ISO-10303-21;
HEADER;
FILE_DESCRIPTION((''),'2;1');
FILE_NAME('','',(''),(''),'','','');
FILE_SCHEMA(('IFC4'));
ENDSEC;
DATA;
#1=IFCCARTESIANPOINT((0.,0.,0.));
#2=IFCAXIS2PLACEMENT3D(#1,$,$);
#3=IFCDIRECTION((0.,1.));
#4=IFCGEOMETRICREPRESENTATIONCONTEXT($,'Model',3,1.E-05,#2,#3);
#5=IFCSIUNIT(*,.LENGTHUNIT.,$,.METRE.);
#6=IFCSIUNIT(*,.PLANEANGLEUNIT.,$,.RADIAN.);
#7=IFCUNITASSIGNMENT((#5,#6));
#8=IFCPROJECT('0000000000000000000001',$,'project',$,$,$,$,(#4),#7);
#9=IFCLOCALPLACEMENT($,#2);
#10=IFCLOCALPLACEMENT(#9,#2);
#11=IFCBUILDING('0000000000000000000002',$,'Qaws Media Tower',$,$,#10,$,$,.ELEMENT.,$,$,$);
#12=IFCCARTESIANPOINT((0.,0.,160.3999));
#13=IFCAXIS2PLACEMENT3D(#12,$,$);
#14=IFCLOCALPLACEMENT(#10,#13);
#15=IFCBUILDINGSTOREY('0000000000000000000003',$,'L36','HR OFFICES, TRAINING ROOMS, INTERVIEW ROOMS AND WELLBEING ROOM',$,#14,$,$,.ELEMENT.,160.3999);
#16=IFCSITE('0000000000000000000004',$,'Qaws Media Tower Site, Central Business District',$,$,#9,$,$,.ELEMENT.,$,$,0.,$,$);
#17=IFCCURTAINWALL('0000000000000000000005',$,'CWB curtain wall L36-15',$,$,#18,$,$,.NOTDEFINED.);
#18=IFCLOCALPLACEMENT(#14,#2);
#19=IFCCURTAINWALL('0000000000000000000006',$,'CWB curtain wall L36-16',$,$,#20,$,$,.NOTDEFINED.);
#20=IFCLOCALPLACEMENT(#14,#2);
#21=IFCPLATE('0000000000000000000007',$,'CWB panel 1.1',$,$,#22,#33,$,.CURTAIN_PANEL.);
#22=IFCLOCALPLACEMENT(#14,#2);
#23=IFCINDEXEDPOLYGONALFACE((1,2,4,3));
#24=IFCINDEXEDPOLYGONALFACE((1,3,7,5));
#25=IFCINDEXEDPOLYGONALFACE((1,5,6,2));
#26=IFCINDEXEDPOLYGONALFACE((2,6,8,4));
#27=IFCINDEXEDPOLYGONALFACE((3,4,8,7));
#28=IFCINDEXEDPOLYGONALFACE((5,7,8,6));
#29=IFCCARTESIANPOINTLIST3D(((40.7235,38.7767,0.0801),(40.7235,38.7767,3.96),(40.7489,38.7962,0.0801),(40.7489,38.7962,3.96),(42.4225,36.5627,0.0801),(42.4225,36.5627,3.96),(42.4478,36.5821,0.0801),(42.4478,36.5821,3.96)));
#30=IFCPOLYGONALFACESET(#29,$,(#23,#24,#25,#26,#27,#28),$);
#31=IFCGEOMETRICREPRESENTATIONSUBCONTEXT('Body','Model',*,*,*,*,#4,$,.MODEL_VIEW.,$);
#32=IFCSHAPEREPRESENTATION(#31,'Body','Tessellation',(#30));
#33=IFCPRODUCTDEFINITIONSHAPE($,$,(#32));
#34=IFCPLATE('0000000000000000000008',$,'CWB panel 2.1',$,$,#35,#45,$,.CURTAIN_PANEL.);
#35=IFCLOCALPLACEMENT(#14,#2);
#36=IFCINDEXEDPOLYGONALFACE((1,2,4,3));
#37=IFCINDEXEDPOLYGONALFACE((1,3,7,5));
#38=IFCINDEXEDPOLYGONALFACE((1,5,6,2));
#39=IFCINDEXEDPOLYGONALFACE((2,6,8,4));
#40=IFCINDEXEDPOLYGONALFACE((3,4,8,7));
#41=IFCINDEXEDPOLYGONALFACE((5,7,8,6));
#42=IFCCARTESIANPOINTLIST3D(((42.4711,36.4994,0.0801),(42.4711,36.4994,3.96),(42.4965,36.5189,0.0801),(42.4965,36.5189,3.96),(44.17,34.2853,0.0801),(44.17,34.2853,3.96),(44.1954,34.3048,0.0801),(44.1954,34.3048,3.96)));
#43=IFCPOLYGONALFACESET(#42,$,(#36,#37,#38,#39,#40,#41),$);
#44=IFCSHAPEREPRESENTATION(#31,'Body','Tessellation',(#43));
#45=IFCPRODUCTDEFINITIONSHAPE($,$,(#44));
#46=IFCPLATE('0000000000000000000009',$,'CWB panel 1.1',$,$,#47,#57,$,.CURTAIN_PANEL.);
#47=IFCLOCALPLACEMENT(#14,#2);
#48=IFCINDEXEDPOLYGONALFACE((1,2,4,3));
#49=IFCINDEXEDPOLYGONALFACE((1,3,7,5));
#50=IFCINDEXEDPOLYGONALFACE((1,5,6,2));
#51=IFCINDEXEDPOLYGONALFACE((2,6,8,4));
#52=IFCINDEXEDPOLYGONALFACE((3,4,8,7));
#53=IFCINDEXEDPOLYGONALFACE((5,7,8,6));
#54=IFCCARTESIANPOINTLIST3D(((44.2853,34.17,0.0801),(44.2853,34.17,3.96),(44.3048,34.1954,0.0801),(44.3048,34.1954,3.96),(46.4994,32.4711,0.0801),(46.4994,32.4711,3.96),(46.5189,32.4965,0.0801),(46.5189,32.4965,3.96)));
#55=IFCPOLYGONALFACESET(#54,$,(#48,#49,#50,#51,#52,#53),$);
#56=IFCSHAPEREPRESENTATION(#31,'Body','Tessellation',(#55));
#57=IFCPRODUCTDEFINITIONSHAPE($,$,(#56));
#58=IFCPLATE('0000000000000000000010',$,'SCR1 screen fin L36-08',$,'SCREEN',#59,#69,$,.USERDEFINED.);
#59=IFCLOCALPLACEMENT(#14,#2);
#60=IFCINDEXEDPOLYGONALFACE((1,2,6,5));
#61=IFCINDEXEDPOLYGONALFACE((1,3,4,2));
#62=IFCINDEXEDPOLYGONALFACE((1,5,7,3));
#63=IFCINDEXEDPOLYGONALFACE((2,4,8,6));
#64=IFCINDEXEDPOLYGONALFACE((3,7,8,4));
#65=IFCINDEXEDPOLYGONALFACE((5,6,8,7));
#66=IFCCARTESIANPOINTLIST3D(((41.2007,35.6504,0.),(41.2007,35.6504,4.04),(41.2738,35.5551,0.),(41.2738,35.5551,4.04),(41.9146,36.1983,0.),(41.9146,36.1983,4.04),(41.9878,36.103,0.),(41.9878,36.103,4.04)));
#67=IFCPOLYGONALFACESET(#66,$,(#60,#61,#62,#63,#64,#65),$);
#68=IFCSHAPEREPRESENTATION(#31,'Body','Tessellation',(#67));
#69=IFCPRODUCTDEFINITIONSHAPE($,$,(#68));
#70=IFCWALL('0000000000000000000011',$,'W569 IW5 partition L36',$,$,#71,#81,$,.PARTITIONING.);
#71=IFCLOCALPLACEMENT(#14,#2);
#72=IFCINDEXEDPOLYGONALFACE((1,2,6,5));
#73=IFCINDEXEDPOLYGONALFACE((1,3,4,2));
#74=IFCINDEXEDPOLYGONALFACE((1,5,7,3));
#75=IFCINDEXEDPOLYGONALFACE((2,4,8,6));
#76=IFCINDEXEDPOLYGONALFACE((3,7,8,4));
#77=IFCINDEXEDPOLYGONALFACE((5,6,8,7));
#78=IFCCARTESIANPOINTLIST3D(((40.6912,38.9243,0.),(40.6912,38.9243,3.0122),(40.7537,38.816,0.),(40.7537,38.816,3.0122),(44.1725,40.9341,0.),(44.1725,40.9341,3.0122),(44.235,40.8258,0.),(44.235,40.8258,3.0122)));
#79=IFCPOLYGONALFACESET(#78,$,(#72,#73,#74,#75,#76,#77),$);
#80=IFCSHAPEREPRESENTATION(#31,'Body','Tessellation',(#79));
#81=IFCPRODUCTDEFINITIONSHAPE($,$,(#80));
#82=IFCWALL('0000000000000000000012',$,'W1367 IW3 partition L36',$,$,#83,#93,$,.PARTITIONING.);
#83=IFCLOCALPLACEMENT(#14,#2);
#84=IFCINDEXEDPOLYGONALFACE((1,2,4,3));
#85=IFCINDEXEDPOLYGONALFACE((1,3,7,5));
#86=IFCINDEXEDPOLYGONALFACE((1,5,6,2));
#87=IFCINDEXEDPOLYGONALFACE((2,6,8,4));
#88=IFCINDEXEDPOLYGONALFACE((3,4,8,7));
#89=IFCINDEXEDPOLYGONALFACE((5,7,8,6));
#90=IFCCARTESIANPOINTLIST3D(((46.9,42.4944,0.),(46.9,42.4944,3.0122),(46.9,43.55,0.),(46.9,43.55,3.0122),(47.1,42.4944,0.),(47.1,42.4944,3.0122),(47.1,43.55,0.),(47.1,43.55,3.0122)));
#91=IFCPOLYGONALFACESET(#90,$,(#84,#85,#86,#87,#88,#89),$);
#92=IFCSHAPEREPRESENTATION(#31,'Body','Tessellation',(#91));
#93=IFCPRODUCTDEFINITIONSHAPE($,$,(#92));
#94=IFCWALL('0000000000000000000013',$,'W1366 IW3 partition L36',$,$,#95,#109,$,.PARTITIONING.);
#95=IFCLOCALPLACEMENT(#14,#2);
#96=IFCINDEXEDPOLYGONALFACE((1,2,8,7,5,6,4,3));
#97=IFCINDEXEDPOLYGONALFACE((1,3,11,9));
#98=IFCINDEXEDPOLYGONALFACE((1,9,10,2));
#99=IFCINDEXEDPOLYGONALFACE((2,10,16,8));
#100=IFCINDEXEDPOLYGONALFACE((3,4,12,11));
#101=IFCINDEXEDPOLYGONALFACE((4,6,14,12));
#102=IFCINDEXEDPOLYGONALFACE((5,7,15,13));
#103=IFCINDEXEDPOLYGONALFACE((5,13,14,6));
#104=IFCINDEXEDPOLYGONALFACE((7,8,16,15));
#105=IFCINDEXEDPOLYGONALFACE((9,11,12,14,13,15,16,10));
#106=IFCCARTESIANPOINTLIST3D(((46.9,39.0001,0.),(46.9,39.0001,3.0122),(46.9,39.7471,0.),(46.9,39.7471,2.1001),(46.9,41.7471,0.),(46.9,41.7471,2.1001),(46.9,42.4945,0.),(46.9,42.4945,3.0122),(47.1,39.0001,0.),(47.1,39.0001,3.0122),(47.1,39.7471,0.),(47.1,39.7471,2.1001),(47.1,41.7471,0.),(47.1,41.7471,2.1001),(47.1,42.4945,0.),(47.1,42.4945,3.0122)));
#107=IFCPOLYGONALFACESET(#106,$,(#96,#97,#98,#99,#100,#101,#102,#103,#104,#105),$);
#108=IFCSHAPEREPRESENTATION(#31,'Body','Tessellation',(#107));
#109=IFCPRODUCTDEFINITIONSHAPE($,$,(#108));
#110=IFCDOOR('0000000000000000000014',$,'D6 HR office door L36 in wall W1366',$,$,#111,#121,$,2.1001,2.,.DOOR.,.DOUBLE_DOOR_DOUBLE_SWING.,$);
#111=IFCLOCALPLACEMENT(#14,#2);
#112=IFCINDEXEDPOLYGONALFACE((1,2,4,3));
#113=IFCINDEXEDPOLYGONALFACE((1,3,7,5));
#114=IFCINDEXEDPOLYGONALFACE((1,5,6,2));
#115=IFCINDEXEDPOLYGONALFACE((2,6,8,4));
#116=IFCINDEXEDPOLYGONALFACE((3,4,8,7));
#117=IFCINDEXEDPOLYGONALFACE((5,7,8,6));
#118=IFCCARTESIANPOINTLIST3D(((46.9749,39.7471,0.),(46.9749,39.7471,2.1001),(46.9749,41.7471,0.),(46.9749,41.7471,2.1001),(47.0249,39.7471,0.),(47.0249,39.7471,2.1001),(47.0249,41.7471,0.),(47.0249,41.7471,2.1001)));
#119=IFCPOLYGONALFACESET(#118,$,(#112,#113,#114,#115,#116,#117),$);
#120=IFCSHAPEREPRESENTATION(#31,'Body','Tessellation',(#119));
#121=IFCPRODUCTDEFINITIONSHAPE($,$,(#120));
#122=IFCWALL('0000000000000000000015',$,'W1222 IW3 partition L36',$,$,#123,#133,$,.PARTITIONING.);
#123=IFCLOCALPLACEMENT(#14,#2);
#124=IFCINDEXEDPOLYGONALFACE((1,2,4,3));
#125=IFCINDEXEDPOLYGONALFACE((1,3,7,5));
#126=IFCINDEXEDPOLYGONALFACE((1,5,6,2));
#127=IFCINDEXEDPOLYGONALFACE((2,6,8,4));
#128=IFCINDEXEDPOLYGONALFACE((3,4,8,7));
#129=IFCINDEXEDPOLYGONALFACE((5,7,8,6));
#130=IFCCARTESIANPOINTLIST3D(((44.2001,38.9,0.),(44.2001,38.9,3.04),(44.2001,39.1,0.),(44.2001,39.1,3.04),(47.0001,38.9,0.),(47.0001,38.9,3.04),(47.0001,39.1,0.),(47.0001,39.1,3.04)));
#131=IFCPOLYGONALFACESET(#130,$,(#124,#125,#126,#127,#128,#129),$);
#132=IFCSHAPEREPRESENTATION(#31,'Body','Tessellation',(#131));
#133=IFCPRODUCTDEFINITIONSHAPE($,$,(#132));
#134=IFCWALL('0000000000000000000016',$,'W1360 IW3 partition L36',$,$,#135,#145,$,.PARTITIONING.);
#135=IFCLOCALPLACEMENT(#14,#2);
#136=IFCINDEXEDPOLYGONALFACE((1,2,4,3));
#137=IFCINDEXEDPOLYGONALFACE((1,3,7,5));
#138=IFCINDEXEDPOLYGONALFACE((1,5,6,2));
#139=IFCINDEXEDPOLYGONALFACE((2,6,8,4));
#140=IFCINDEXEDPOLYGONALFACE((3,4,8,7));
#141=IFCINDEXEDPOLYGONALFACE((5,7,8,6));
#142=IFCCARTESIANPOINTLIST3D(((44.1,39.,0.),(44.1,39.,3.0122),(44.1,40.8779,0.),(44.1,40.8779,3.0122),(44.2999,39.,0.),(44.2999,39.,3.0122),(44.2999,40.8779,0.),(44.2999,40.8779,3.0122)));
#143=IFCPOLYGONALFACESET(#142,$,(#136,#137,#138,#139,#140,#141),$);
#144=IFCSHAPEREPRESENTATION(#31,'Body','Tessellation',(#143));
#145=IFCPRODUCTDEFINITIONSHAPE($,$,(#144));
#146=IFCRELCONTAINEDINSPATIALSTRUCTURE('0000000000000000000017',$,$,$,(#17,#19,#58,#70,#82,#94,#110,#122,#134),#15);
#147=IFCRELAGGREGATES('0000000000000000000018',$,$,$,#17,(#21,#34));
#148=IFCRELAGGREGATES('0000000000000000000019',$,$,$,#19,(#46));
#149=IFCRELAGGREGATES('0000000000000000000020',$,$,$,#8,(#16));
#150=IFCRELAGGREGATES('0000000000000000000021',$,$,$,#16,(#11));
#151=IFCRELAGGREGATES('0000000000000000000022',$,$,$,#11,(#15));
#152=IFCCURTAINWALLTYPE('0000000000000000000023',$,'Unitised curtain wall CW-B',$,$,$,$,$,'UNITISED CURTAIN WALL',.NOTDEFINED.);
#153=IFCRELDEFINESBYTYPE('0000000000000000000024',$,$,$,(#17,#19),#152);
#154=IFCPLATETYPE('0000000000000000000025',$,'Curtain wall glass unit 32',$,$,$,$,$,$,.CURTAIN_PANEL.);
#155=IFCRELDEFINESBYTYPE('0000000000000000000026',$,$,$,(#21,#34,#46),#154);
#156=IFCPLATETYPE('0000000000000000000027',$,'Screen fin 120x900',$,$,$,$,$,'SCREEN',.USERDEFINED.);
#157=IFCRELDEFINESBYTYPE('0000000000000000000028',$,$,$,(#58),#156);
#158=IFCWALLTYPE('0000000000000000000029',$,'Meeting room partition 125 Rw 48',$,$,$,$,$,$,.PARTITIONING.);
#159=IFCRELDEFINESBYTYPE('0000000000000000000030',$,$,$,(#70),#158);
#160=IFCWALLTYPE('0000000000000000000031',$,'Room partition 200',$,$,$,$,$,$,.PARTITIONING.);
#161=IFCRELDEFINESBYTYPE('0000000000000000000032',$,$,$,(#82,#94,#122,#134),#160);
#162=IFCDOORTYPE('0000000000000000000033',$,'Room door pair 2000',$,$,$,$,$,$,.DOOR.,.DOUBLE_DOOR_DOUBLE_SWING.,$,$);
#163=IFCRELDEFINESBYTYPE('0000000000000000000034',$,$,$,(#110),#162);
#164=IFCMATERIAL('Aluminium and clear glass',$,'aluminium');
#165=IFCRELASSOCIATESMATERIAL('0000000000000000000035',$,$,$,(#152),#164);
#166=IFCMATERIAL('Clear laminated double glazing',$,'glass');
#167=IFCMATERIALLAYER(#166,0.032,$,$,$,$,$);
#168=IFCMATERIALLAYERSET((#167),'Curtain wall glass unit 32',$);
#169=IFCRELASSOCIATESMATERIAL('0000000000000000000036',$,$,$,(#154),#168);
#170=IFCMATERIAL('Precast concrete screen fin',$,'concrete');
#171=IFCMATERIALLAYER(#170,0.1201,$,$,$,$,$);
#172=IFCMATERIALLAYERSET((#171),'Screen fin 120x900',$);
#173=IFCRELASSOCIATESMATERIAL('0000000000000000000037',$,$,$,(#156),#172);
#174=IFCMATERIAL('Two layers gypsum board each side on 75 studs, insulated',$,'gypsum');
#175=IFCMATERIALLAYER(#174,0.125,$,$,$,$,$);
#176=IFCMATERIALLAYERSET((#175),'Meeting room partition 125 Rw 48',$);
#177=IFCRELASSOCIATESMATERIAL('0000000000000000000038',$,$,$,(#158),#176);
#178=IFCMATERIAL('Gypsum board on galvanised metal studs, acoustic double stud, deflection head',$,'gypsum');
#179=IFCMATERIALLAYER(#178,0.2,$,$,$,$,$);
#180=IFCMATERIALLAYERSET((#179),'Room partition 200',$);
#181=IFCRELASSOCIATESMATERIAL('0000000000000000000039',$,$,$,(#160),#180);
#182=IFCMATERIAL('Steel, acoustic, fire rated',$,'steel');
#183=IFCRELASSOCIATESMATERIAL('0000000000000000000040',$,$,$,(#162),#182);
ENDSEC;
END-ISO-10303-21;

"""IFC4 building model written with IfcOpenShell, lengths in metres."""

from ifc_helpers import new_model, si_unit, direction, frame, frame_2d, origin, origin_2d, place, context, subcontext, project, spatial, rectangle, extrude, material, layer, layer_set, type_object, element, fill, aggregate, save


model = new_model("IFC4")

# Units and contexts
model_context = context("Model", 3, precision=1e-05, world=origin(), true_north=direction((0.0, 1.0)))
body_context = subcontext(model_context, "Body", "Model", "MODEL_VIEW")
ifc_project = project(units=[si_unit("LENGTHUNIT", "METRE"), si_unit("PLANEANGLEUNIT", "RADIAN")], contexts=[model_context])

# Site, building, storey
site_placement = place(None, origin())
site = spatial("IfcSite", under=ifc_project, at=site_placement, Name="Qaws Media Tower Site, Central Business District", CompositionType="ELEMENT", RefElevation=0.0)
building_placement = place(site_placement, origin())
building = spatial("IfcBuilding", under=site, at=building_placement, Name="Qaws Media Tower", CompositionType="ELEMENT")
storey_placement = place(building_placement, frame((0.0, 0.0, 160.3999)))
storey = spatial("IfcBuildingStorey", under=building, at=storey_placement, Name="L36", Description="HR OFFICES, TRAINING ROOMS, INTERVIEW ROOMS AND WELLBEING ROOM", CompositionType="ELEMENT", Elevation=160.3999)

# Shared definitions
ifc_material_1 = material(Name="Aluminium and clear glass", Category="aluminium")
curtain_wall_type = type_object("IfcCurtainWallType", Name="Unitised curtain wall CW-B", ElementType="UNITISED CURTAIN WALL", PredefinedType="NOTDEFINED", material=ifc_material_1)

# Curtain wall
curtain_wall_1_placement = place(storey_placement, origin())
curtain_wall_1 = element("IfcCurtainWall", 1, at=curtain_wall_1_placement, inside=storey, type_object=curtain_wall_type, Name="CWB curtain wall L36-15", PredefinedType="NOTDEFINED")

# Curtain wall
curtain_wall_2_placement = place(storey_placement, origin())
curtain_wall_2 = element("IfcCurtainWall", 2, at=curtain_wall_2_placement, inside=storey, type_object=curtain_wall_type, Name="CWB curtain wall L36-16", PredefinedType="NOTDEFINED")

# Plates
ifc_material_2 = material(Name="Clear laminated double glazing", Category="glass")
ifc_layer_1 = layer(ifc_material_2, 0.032)
ifc_layer_set_1 = layer_set([ifc_layer_1], Name="Curtain wall glass unit 32")
plate_type_1 = type_object("IfcPlateType", Name="Curtain wall glass unit 32", PredefinedType="CURTAIN_PANEL", material=ifc_layer_set_1)
plate_1_placement = place(storey_placement, frame((41.5857, 37.6794, 0.0801), z_axis=(0.0, 0.0, 1.0), x_axis=(0.608762, -0.793353, 0.0)))
plate_1 = element("IfcPlate", 3, at=plate_1_placement, type_object=plate_type_1, Name="CWB panel 1.1", PredefinedType="CURTAIN_PANEL", context=body_context, shape_type="SweptSolid", body=[
    extrude(rectangle(XDim=2.7908, YDim=0.032, at=origin_2d()), origin(), (0.0, 0.0, 1.0), 3.8799),
])
plate_2_placement = place(storey_placement, frame((43.3333, 35.4021, 0.0801), z_axis=(0.0, 0.0, 1.0), x_axis=(0.608762, -0.793353, 0.0)))
plate_2 = element("IfcPlate", 4, at=plate_2_placement, type_object=plate_type_1, Name="CWB panel 2.1", PredefinedType="CURTAIN_PANEL", context=body_context, shape_type="SweptSolid", body=[
    extrude(rectangle(XDim=2.7908, YDim=0.032, at=origin_2d()), origin(), (0.0, 0.0, 1.0), 3.8799),
])
aggregate(curtain_wall_1, [plate_1, plate_2])
plate_3_placement = place(storey_placement, frame((45.4021, 33.3333, 0.0801), z_axis=(0.0, 0.0, 1.0), x_axis=(0.793353, -0.608762, 0.0)))
plate_3 = element("IfcPlate", 5, at=plate_3_placement, type_object=plate_type_1, Name="CWB panel 1.1", PredefinedType="CURTAIN_PANEL", context=body_context, shape_type="SweptSolid", body=[
    extrude(rectangle(XDim=2.7908, YDim=0.032, at=origin_2d()), origin(), (0.0, 0.0, 1.0), 3.8799),
])
aggregate(curtain_wall_2, [plate_3])
ifc_material_3 = material(Name="Precast concrete screen fin", Category="concrete")
ifc_layer_2 = layer(ifc_material_3, 0.1201)
ifc_layer_set_2 = layer_set([ifc_layer_2], Name="Screen fin 120x900")
plate_type_2 = type_object("IfcPlateType", Name="Screen fin 120x900", ElementType="SCREEN", PredefinedType="USERDEFINED", material=ifc_layer_set_2)
plate_4_placement = place(storey_placement, frame((41.5942, 35.8767, 0.0), z_axis=(0.0, 0.0, 1.0), x_axis=(-0.793353, -0.608761, 0.0)))
element("IfcPlate", 6, at=plate_4_placement, inside=storey, type_object=plate_type_2, Name="SCR1 screen fin L36-08", ObjectType="SCREEN", PredefinedType="USERDEFINED", context=body_context, shape_type="SweptSolid", body=[
    extrude(rectangle(XDim=0.8999, YDim=0.1201, at=origin_2d()), origin(), (0.0, 0.0, 1.0), 4.04),
])

# Walls
ifc_material_4 = material(Name="Two layers gypsum board each side on 75 studs, insulated", Category="gypsum")
ifc_layer_3 = layer(ifc_material_4, 0.125)
ifc_layer_set_3 = layer_set([ifc_layer_3], Name="Meeting room partition 125 Rw 48")
wall_type_1 = type_object("IfcWallType", Name="Meeting room partition 125 Rw 48", PredefinedType="PARTITIONING", material=ifc_layer_set_3)
wall_1_placement = place(storey_placement, frame((44.2036, 40.8799, 0.0), z_axis=(0.0, 0.0, 1.0), x_axis=(-0.866037, -0.49998, 0.0)))
element("IfcWall", 7, at=wall_1_placement, inside=storey, type_object=wall_type_1, Name="W569 IW5 partition L36", PredefinedType="PARTITIONING", context=body_context, shape_type="SweptSolid", body=[
    extrude(rectangle(XDim=4.0198, YDim=0.125, at=frame_2d((2.0098, 0.0))), origin(), (0.0, 0.0, 1.0), 3.0122),
])
ifc_material_5 = material(Name="Gypsum board on galvanised metal studs, acoustic double stud, deflection head", Category="gypsum")
ifc_layer_4 = layer(ifc_material_5, 0.2)
ifc_layer_set_4 = layer_set([ifc_layer_4], Name="Room partition 200")
wall_type_2 = type_object("IfcWallType", Name="Room partition 200", PredefinedType="PARTITIONING", material=ifc_layer_set_4)
wall_2_placement = place(storey_placement, frame((47.0, 43.55, 0.0), z_axis=(0.0, 0.0, 1.0), x_axis=(0.0, -1.0, 0.0)))
element("IfcWall", 8, at=wall_2_placement, inside=storey, type_object=wall_type_2, Name="W1367 IW3 partition L36", PredefinedType="PARTITIONING", context=body_context, shape_type="SweptSolid", body=[
    extrude(rectangle(XDim=1.0557, YDim=0.2, at=frame_2d((0.5278, 0.0))), origin(), (0.0, 0.0, 1.0), 3.0122),
])

# Wall, opening, door
wall_3_placement = place(storey_placement, frame((47.0, 42.4944, 0.0), z_axis=(0.0, 0.0, 1.0), x_axis=(0.0, -1.0, 0.0)))
wall_3 = element("IfcWall", 9, at=wall_3_placement, inside=storey, type_object=wall_type_2, Name="W1366 IW3 partition L36", PredefinedType="PARTITIONING", context=body_context, shape_type="SweptSolid", body=[
    extrude(rectangle(XDim=3.4944, YDim=0.2, at=frame_2d((1.7471, 0.0))), origin(), (0.0, 0.0, 1.0), 3.0122),
])
opening_1_placement = place(wall_3_placement, frame((0.7473, 0.0, 0.0)))
opening_1 = element("IfcOpeningElement", 10, at=opening_1_placement, cuts=wall_3, PredefinedType="OPENING", context=body_context, shape_type="SweptSolid", body=[
    extrude(rectangle(XDim=2.0, YDim=2.1001, at=frame_2d((1.0, 1.05))), frame((0.0, 0.1099, 0.0), z_axis=(0.0, -1.0, 0.0), x_axis=(1.0, 0.0, 0.0)), (0.0, 0.0, 1.0), 0.22),
])
ifc_material_6 = material(Name="Steel, acoustic, fire rated", Category="steel")
door_type_1 = type_object("IfcDoorType", Name="Room door pair 2000", OperationType="DOUBLE_DOOR_DOUBLE_SWING", PredefinedType="DOOR", material=ifc_material_6)
door_1_placement = place(opening_1_placement, origin())
door_1 = element("IfcDoor", 11, at=door_1_placement, inside=storey, type_object=door_type_1, Name="D6 HR office door L36 in wall W1366", OperationType="DOUBLE_DOOR_DOUBLE_SWING", OverallHeight=2.1001, OverallWidth=2.0, PredefinedType="DOOR", context=body_context, shape_type="SweptSolid", body=[
    extrude(rectangle(XDim=2.0, YDim=2.1001, at=frame_2d((1.0, 1.05))), frame((0.0, 0.0249, 0.0), z_axis=(0.0, -1.0, 0.0), x_axis=(1.0, 0.0, 0.0)), (0.0, 0.0, 1.0), 0.05),
])
fill(opening_1, door_1)

# Walls
wall_4_placement = place(storey_placement, frame((47.0, 39.0, 0.0), z_axis=(0.0, 0.0, 1.0), x_axis=(-1.0, 0.0, 0.0)))
element("IfcWall", 12, at=wall_4_placement, inside=storey, type_object=wall_type_2, Name="W1222 IW3 partition L36", PredefinedType="PARTITIONING", context=body_context, shape_type="SweptSolid", body=[
    extrude(rectangle(XDim=2.8, YDim=0.2, at=frame_2d((1.3999, 0.0))), origin(), (0.0, 0.0, 1.0), 3.04),
])
wall_5_placement = place(storey_placement, frame((44.2, 39.0, 0.0), z_axis=(0.0, 0.0, 1.0), x_axis=(0.0, 1.0, 0.0)))
element("IfcWall", 13, at=wall_5_placement, inside=storey, type_object=wall_type_2, Name="W1360 IW3 partition L36", PredefinedType="PARTITIONING", context=body_context, shape_type="SweptSolid", body=[
    extrude(rectangle(XDim=1.8779, YDim=0.2, at=frame_2d((0.939, 0.0))), origin(), (0.0, 0.0, 1.0), 3.0122),
])

save(model, "model.ifc")
